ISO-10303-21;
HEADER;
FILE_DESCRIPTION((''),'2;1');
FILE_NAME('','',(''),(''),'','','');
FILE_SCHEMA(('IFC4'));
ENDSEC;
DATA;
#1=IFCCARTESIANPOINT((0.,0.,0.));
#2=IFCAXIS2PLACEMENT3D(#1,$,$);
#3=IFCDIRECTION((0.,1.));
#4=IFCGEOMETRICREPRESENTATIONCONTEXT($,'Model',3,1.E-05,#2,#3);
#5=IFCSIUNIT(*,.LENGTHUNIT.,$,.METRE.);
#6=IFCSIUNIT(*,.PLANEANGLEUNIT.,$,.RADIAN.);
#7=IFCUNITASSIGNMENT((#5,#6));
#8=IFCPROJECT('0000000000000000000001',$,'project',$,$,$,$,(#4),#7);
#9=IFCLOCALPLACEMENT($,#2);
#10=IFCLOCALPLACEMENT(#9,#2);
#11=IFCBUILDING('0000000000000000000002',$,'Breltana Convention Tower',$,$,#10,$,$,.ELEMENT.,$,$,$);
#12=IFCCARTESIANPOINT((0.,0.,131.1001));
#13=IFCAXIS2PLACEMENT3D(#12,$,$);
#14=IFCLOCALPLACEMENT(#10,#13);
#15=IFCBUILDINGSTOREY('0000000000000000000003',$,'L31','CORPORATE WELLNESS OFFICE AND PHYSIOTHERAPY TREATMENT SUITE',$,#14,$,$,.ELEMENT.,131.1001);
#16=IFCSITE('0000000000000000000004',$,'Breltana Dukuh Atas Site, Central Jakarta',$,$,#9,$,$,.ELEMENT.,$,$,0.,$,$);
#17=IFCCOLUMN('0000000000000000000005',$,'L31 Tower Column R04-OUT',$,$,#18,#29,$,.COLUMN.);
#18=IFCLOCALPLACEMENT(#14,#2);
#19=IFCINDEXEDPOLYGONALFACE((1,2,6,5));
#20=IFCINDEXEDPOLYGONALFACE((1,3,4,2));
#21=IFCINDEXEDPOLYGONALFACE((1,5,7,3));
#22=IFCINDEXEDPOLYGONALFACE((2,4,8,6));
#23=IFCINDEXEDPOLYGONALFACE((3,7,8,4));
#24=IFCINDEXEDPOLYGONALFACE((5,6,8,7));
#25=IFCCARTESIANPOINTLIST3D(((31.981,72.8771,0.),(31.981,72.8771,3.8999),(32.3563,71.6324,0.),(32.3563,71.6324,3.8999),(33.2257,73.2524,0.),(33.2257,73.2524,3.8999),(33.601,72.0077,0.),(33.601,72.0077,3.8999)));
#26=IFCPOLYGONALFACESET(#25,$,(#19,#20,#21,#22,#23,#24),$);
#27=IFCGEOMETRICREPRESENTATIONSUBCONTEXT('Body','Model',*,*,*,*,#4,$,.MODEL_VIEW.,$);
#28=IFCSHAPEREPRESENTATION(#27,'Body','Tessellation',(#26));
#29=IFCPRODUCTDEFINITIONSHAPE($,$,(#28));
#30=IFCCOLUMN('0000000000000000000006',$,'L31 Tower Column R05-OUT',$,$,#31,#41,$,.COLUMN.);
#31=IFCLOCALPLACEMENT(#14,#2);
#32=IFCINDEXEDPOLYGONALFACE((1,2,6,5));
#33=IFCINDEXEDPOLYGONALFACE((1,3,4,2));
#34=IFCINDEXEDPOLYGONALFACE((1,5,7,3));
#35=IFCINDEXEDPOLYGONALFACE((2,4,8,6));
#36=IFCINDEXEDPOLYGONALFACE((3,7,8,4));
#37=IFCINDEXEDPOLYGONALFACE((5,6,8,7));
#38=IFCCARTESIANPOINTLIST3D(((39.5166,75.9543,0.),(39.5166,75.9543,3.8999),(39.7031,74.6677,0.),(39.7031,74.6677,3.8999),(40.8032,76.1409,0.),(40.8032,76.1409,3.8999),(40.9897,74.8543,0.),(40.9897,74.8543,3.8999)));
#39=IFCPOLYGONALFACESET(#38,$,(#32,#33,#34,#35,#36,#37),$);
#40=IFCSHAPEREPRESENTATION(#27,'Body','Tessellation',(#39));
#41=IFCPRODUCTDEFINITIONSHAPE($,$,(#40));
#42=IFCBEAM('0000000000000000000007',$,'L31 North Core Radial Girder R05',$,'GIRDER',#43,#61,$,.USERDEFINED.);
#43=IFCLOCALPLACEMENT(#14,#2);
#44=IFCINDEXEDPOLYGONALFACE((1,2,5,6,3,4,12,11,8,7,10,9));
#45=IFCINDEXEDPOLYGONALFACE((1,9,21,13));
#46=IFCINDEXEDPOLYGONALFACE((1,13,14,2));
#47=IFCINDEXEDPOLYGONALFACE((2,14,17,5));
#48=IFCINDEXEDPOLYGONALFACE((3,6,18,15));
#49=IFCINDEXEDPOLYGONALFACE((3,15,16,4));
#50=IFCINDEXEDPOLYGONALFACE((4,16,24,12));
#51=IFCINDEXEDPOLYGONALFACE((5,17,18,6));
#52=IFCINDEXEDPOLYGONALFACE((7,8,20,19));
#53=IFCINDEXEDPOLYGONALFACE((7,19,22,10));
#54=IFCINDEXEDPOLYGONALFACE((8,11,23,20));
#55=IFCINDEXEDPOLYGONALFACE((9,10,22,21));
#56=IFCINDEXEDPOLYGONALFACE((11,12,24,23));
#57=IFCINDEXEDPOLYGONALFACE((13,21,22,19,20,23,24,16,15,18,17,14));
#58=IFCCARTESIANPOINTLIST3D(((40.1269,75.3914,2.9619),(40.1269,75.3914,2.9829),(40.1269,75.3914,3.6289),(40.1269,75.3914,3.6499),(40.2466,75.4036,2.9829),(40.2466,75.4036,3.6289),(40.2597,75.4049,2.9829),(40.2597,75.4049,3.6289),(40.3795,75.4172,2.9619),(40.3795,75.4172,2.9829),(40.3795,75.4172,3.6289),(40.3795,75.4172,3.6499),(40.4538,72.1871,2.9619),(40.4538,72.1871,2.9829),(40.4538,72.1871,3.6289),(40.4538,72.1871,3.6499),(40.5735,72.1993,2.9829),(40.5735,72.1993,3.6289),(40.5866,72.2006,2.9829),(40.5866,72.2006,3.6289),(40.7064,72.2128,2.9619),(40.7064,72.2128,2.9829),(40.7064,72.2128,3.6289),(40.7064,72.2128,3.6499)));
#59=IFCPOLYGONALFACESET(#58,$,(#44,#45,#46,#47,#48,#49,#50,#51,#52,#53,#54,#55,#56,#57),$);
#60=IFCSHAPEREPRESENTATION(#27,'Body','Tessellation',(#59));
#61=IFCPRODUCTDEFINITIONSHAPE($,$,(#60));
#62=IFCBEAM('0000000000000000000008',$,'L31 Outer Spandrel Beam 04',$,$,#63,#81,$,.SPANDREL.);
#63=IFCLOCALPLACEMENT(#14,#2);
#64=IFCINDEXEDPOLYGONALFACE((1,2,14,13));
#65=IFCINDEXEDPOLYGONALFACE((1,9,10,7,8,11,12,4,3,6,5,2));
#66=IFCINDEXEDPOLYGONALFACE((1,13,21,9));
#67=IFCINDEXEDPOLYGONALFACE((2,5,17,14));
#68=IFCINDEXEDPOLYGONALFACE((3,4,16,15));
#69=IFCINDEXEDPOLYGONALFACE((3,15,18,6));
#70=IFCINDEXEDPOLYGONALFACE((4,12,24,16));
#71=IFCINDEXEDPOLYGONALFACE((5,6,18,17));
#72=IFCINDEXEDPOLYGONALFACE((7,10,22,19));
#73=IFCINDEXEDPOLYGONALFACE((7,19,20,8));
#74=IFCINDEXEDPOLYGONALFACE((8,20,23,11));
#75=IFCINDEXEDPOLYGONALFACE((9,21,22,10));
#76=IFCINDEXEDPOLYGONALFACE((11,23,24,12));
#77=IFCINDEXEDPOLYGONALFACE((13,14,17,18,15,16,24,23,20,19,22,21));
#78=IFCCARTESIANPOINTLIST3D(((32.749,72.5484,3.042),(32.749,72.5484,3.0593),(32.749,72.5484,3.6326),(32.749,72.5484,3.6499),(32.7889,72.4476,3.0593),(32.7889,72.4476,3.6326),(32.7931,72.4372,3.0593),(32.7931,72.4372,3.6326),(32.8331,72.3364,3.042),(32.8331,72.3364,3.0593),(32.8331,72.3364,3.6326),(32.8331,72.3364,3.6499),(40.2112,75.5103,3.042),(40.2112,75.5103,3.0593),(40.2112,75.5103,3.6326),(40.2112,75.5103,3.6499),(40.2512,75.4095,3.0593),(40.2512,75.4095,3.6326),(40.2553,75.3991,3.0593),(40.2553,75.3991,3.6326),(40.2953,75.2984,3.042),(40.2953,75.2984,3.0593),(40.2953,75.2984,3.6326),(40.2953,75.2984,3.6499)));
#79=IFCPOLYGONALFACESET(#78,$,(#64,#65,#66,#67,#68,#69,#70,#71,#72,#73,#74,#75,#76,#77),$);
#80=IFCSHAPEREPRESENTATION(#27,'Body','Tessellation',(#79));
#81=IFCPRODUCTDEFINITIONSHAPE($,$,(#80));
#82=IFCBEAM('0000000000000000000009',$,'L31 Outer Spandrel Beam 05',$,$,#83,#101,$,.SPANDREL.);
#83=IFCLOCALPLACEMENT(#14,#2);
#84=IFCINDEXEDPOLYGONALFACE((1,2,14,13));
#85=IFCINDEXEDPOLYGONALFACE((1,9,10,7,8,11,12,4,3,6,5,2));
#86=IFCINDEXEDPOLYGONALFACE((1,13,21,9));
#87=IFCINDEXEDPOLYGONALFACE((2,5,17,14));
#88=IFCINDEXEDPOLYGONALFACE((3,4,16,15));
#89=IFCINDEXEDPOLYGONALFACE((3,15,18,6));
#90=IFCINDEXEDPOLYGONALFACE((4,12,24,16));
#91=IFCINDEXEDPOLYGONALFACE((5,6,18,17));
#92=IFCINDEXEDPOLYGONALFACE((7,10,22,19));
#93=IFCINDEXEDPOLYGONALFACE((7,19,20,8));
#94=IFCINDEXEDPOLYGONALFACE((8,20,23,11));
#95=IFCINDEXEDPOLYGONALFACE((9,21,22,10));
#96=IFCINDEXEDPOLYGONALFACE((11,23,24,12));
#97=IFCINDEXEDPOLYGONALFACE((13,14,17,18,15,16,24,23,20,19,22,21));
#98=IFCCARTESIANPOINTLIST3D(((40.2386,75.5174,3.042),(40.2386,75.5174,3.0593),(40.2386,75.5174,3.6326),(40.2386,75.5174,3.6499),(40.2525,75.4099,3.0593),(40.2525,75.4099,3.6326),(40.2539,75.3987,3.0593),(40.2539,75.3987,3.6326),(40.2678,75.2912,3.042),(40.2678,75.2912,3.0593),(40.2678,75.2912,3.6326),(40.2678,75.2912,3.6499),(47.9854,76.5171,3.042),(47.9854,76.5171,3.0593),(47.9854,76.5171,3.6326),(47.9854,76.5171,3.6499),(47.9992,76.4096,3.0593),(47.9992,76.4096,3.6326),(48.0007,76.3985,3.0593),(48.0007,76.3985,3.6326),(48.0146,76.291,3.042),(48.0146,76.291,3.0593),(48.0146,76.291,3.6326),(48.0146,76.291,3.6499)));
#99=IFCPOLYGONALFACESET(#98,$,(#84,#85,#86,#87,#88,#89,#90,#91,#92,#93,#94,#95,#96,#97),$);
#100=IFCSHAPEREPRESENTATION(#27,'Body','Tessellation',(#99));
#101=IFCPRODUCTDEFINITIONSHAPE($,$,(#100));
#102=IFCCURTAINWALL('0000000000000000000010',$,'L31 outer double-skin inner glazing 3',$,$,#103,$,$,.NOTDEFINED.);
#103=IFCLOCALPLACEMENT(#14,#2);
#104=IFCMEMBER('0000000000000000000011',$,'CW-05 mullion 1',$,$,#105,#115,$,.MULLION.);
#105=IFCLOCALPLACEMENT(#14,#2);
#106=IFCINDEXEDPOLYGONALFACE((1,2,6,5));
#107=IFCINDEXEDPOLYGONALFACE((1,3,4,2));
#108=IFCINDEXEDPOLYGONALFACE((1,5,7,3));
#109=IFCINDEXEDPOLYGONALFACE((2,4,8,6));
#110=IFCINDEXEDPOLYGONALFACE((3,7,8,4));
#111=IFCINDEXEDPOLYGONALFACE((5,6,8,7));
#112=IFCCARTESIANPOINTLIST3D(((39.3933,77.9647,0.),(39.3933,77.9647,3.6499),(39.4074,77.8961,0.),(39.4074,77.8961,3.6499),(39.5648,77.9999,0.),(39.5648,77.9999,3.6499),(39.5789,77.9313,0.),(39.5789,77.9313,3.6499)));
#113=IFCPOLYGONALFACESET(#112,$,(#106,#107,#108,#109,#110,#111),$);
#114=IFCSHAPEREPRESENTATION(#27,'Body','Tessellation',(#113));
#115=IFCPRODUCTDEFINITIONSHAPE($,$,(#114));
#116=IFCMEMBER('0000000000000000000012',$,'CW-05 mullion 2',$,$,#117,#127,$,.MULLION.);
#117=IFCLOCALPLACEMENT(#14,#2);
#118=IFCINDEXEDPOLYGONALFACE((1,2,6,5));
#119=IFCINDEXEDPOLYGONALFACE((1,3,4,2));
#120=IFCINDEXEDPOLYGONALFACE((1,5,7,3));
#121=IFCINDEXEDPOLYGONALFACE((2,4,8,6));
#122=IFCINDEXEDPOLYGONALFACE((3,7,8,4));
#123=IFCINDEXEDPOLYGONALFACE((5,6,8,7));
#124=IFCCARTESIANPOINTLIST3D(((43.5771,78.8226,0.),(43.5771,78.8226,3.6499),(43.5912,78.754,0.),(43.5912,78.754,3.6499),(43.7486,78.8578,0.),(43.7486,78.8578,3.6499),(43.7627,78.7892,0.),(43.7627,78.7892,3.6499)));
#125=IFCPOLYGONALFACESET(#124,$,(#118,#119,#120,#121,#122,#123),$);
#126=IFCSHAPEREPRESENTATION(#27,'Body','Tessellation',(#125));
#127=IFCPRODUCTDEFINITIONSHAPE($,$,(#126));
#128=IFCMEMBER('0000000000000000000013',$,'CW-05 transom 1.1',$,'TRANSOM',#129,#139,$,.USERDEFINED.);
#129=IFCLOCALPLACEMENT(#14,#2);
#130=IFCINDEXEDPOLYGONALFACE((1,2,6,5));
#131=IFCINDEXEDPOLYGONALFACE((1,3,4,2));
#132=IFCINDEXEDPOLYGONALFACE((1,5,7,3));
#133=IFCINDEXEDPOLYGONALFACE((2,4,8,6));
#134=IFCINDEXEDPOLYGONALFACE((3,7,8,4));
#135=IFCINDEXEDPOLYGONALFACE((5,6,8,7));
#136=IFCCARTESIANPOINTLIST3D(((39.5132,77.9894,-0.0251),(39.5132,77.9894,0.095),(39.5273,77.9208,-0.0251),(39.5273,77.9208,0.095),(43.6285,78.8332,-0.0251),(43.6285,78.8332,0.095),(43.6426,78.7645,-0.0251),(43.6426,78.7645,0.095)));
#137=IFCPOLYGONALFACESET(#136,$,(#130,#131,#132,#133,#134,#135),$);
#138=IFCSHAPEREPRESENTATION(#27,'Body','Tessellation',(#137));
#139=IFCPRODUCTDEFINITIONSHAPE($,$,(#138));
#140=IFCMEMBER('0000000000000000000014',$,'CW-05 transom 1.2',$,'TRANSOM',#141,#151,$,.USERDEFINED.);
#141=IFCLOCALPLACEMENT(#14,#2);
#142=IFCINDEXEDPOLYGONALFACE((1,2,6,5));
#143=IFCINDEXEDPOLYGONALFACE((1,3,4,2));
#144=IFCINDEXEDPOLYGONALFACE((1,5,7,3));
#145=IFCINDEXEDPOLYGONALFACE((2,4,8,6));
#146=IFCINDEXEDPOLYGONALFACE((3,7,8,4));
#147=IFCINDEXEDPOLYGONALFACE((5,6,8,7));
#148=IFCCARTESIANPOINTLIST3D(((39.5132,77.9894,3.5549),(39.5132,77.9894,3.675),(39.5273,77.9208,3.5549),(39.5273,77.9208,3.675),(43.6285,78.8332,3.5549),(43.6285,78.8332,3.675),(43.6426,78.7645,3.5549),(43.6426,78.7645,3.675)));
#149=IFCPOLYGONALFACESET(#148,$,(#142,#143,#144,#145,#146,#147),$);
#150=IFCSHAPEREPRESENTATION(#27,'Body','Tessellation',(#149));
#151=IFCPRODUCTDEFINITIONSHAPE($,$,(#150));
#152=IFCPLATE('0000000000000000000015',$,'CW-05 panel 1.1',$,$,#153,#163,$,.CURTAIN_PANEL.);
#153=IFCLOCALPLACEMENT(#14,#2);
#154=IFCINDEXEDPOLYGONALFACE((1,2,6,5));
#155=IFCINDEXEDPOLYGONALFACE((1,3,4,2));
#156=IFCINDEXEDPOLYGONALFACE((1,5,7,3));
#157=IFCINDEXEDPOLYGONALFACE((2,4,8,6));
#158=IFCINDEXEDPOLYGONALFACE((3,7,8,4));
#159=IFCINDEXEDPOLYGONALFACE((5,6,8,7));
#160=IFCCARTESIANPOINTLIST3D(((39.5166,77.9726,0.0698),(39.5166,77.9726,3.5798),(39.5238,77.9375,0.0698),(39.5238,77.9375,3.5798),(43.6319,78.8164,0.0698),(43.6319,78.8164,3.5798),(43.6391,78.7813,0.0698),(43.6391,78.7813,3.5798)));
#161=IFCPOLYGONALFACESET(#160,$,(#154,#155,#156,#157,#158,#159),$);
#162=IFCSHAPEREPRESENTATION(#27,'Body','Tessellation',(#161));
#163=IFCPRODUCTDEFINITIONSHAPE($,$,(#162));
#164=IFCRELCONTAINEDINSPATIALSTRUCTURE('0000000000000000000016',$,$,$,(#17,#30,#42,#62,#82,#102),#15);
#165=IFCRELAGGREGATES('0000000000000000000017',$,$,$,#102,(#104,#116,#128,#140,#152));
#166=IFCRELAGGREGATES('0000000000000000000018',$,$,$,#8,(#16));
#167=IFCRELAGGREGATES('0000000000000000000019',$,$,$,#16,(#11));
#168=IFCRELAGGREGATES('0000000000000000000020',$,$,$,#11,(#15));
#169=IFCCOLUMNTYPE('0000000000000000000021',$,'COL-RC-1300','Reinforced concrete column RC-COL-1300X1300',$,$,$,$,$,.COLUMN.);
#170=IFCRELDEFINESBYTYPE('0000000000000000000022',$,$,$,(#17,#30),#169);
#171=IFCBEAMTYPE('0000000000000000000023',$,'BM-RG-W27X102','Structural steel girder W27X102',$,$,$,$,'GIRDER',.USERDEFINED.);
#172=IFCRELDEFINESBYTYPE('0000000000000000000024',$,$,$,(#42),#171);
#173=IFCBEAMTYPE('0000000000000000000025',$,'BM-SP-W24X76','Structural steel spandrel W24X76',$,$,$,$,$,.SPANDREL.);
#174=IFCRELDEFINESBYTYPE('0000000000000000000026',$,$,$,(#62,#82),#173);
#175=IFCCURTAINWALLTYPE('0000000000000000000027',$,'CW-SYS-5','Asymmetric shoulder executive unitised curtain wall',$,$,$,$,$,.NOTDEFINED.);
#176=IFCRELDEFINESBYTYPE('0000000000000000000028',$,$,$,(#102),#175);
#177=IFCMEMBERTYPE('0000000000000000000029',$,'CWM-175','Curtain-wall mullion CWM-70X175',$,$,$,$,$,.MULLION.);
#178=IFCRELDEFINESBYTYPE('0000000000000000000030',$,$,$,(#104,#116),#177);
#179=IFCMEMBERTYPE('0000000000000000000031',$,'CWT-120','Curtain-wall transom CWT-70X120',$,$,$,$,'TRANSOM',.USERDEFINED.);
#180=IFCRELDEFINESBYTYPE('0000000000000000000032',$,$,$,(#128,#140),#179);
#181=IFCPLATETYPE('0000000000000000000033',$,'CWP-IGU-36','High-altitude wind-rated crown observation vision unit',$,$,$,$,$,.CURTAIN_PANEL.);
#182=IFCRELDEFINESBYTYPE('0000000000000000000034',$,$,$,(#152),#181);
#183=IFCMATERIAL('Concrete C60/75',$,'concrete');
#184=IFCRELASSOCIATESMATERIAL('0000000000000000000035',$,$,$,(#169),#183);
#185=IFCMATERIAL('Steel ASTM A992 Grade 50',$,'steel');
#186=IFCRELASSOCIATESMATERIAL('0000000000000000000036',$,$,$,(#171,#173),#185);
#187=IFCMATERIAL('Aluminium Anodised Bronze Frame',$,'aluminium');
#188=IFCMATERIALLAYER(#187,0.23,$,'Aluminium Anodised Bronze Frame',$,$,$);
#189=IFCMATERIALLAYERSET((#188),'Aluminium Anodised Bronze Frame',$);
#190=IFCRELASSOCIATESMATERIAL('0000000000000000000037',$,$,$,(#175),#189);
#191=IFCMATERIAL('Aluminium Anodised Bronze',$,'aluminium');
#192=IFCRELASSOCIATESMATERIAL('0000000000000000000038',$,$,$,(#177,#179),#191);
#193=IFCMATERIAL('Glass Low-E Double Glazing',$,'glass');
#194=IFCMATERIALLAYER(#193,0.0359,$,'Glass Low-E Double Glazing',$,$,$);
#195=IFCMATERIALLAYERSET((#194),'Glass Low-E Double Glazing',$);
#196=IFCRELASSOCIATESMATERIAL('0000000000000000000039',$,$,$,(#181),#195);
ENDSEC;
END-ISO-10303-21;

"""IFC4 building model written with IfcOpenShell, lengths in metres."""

from ifc_helpers import new_model, si_unit, direction, frame, origin, origin_2d, place, context, subcontext, project, spatial, rectangle, i_section, extrude, source, transform, mapped, material, layer, layer_set, material_profile, profile_set, type_object, element, aggregate, save


model = new_model("IFC4")

# Units and contexts
model_context = context("Model", 3, precision=1e-05, world=origin(), true_north=direction((0.0, 1.0)))
body_context = subcontext(model_context, "Body", "Model", "MODEL_VIEW")
ifc_project = project(units=[si_unit("LENGTHUNIT", "METRE"), si_unit("PLANEANGLEUNIT", "RADIAN")], contexts=[model_context])

# Site, building, storey
site_placement = place(None, origin())
site = spatial("IfcSite", under=ifc_project, at=site_placement, Name="Breltana Dukuh Atas Site, Central Jakarta", CompositionType="ELEMENT", RefElevation=0.0)
building_placement = place(site_placement, origin())
building = spatial("IfcBuilding", under=site, at=building_placement, Name="Breltana Convention Tower", CompositionType="ELEMENT")
storey_placement = place(building_placement, frame((0.0, 0.0, 131.1001)))
storey = spatial("IfcBuildingStorey", under=building, at=storey_placement, Name="L31", Description="CORPORATE WELLNESS OFFICE AND PHYSIOTHERAPY TREATMENT SUITE", CompositionType="ELEMENT", Elevation=131.1001)

# Columns
ifc_material_1 = material(Name="Concrete C60/75", Category="concrete")
ifc_material_profile_1 = material_profile(ifc_material_1, rectangle(XDim=1.3, YDim=1.3, at=origin_2d()), Name="RC-COL-1300X1300")
ifc_profile_set_1 = profile_set([ifc_material_profile_1], Name="Concrete C60/75")
column_type = type_object("IfcColumnType", Name="COL-RC-1300", Description="Reinforced concrete column RC-COL-1300X1300", PredefinedType="COLUMN", material=ifc_profile_set_1)
shared_shape_1 = source(origin(), body_context, "Body", "SweptSolid", [
    extrude(rectangle(XDim=1.3, YDim=1.3, at=origin_2d()), origin(), (0.0, 0.0, 1.0), 3.8999),
])
for number, where, z_axis, x_axis, name in (
    (1, (32.791, 72.4424, 0.0), (0.0, 0.0, 1.0), (-0.288698, 0.95742, 0.0), "L31 Tower Column R04-OUT"),
    (2, (40.2532, 75.4043, 0.0), (0.0, 0.0, 1.0), (-0.143493, 0.989651, 0.0), "L31 Tower Column R05-OUT"),
):
    element("IfcColumn", number, at=place(storey_placement, frame(where, z_axis=z_axis, x_axis=x_axis)), inside=storey, type_object=column_type, Name=name, PredefinedType="COLUMN", context=body_context, shape_type="MappedRepresentation", body=[
        mapped(shared_shape_1, transform((0.0, 0.0, 0.0), scale=1.0)),
    ])

# Beams
ifc_material_2 = material(Name="Steel ASTM A992 Grade 50", Category="steel")
ifc_material_profile_2 = material_profile(ifc_material_2, i_section(OverallWidth=0.2539, OverallDepth=0.688, WebThickness=0.0132, FlangeThickness=0.021, at=origin_2d()), Name="W27X102")
ifc_profile_set_2 = profile_set([ifc_material_profile_2], Name="Steel ASTM A992 Grade 50")
beam_type_1 = type_object("IfcBeamType", Name="BM-RG-W27X102", Description="Structural steel girder W27X102", ElementType="GIRDER", PredefinedType="USERDEFINED", material=ifc_profile_set_2)
shared_shape_2 = source(origin(), body_context, "Body", "SweptSolid", [
    extrude(i_section(OverallWidth=0.2539, OverallDepth=0.688, WebThickness=0.0132, FlangeThickness=0.021, at=origin_2d()), origin(), (0.0, 0.0, 1.0), 3.2209),
])
beam_1_placement = place(storey_placement, frame((40.5801, 72.2, 3.3059), z_axis=(-0.101492, 0.994836, 0.0), x_axis=(-0.994836, -0.101492, 0.0)))
element("IfcBeam", 3, at=beam_1_placement, inside=storey, type_object=beam_type_1, Name="L31 North Core Radial Girder R05", ObjectType="GIRDER", PredefinedType="USERDEFINED", context=body_context, shape_type="MappedRepresentation", body=[
    mapped(shared_shape_2, transform((0.0, 0.0, 0.0), scale=1.0)),
])
ifc_material_profile_3 = material_profile(ifc_material_2, i_section(OverallWidth=0.228, OverallDepth=0.6079, WebThickness=0.0112, FlangeThickness=0.0173, at=origin_2d()), Name="W24X76")
ifc_profile_set_3 = profile_set([ifc_material_profile_3], Name="Steel ASTM A992 Grade 50")
beam_type_2 = type_object("IfcBeamType", Name="BM-SP-W24X76", Description="Structural steel spandrel W24X76", PredefinedType="SPANDREL", material=ifc_profile_set_3)
shared_shape_3 = source(origin(), body_context, "Body", "SweptSolid", [
    extrude(i_section(OverallWidth=0.228, OverallDepth=0.6079, WebThickness=0.0112, FlangeThickness=0.0173, at=origin_2d()), origin(), (0.0, 0.0, 1.0), 8.0286),
])
beam_2_placement = place(storey_placement, frame((32.791, 72.4424, 3.3459), z_axis=(0.929459, 0.368925, 0.0), x_axis=(-0.368925, 0.929459, 0.0)))
element("IfcBeam", 4, at=beam_2_placement, inside=storey, type_object=beam_type_2, Name="L31 Outer Spandrel Beam 04", PredefinedType="SPANDREL", context=body_context, shape_type="MappedRepresentation", body=[
    mapped(shared_shape_3, transform((0.0, 0.0, 0.0), scale=1.0)),
])
shared_shape_4 = source(origin(), body_context, "Body", "SweptSolid", [
    extrude(i_section(OverallWidth=0.228, OverallDepth=0.6079, WebThickness=0.0112, FlangeThickness=0.0173, at=origin_2d()), origin(), (0.0, 0.0, 1.0), 7.811),
])
beam_3_placement = place(storey_placement, frame((40.2532, 75.4043, 3.3459), z_axis=(0.991775, 0.127992, 0.0), x_axis=(-0.127992, 0.991775, 0.0)))
element("IfcBeam", 5, at=beam_3_placement, inside=storey, type_object=beam_type_2, Name="L31 Outer Spandrel Beam 05", PredefinedType="SPANDREL", context=body_context, shape_type="MappedRepresentation", body=[
    mapped(shared_shape_4, transform((0.0, 0.0, 0.0), scale=1.0)),
])

# Curtain wall, members, plate
ifc_material_3 = material(Name="Aluminium Anodised Bronze Frame", Category="aluminium")
ifc_layer_1 = layer(ifc_material_3, 0.23, Name="Aluminium Anodised Bronze Frame")
ifc_layer_set_1 = layer_set([ifc_layer_1], Name="Aluminium Anodised Bronze Frame")
curtain_wall_type = type_object("IfcCurtainWallType", Name="CW-SYS-5", Description="Asymmetric shoulder executive unitised curtain wall", PredefinedType="NOTDEFINED", material=ifc_layer_set_1)
curtain_wall_placement = place(storey_placement, origin())
curtain_wall = element("IfcCurtainWall", 6, at=curtain_wall_placement, inside=storey, type_object=curtain_wall_type, Name="L31 outer double-skin inner glazing 3", PredefinedType="NOTDEFINED")
ifc_material_4 = material(Name="Aluminium Anodised Bronze", Category="aluminium")
ifc_material_profile_4 = material_profile(ifc_material_4, rectangle(XDim=0.0701, YDim=0.175, at=origin_2d()), Name="CWM-70X175")
ifc_profile_set_4 = profile_set([ifc_material_profile_4], Name="Aluminium Anodised Bronze")
member_type_1 = type_object("IfcMemberType", Name="CWM-175", Description="Curtain-wall mullion CWM-70X175", PredefinedType="MULLION", material=ifc_profile_set_4)
shared_shape_5 = source(origin(), body_context, "Body", "SweptSolid", [
    extrude(rectangle(XDim=0.0701, YDim=0.175, at=origin_2d()), origin(), (0.0, 0.0, 1.0), 3.6499),
])
member_1_placement = place(storey_placement, frame((39.4861, 77.948, 0.0), z_axis=(0.0, 0.0, 1.0), x_axis=(-0.200859, 0.97962, 0.0)))
member_1 = element("IfcMember", 7, at=member_1_placement, type_object=member_type_1, Name="CW-05 mullion 1", PredefinedType="MULLION", context=body_context, shape_type="MappedRepresentation", body=[
    mapped(shared_shape_5, transform((0.0, 0.0, 0.0), scale=1.0)),
])
member_2_placement = place(storey_placement, frame((43.6699, 78.8059, 0.0), z_axis=(0.0, 0.0, 1.0), x_axis=(-0.200859, 0.97962, 0.0)))
member_2 = element("IfcMember", 8, at=member_2_placement, type_object=member_type_1, Name="CW-05 mullion 2", PredefinedType="MULLION", context=body_context, shape_type="MappedRepresentation", body=[
    mapped(shared_shape_5, transform((0.0, 0.0, 0.0), scale=1.0)),
])
ifc_material_profile_5 = material_profile(ifc_material_4, rectangle(XDim=0.0701, YDim=0.1201, at=origin_2d()), Name="CWT-70X120")
ifc_profile_set_5 = profile_set([ifc_material_profile_5], Name="Aluminium Anodised Bronze")
member_type_2 = type_object("IfcMemberType", Name="CWT-120", Description="Curtain-wall transom CWT-70X120", ElementType="TRANSOM", PredefinedType="USERDEFINED", material=ifc_profile_set_5)
shared_shape_6 = source(origin(), body_context, "Body", "SweptSolid", [
    extrude(rectangle(XDim=0.0701, YDim=0.1201, at=origin_2d()), origin(), (0.0, 0.0, 1.0), 4.2009),
])
member_3_placement = place(storey_placement, frame((39.5203, 77.9551, 0.0349), z_axis=(0.979621, 0.200853, 0.0), x_axis=(-0.200853, 0.979621, 0.0)))
member_3 = element("IfcMember", 9, at=member_3_placement, type_object=member_type_2, Name="CW-05 transom 1.1", ObjectType="TRANSOM", PredefinedType="USERDEFINED", context=body_context, shape_type="MappedRepresentation", body=[
    mapped(shared_shape_6, transform((0.0, 0.0, 0.0), scale=1.0)),
])
member_4_placement = place(storey_placement, frame((39.5203, 77.9551, 3.615), z_axis=(0.979621, 0.200853, 0.0), x_axis=(-0.200853, 0.979621, 0.0)))
member_4 = element("IfcMember", 10, at=member_4_placement, type_object=member_type_2, Name="CW-05 transom 1.2", ObjectType="TRANSOM", PredefinedType="USERDEFINED", context=body_context, shape_type="MappedRepresentation", body=[
    mapped(shared_shape_6, transform((0.0, 0.0, 0.0), scale=1.0)),
])
ifc_material_5 = material(Name="Glass Low-E Double Glazing", Category="glass")
ifc_layer_2 = layer(ifc_material_5, 0.0359, Name="Glass Low-E Double Glazing")
ifc_layer_set_2 = layer_set([ifc_layer_2], Name="Glass Low-E Double Glazing")
plate_type = type_object("IfcPlateType", Name="CWP-IGU-36", Description="High-altitude wind-rated crown observation vision unit", PredefinedType="CURTAIN_PANEL", material=ifc_layer_set_2)
shared_shape_7 = source(origin(), body_context, "Body", "SweptSolid", [
    extrude(rectangle(XDim=4.2009, YDim=0.0359, at=origin_2d()), origin(), (0.0, 0.0, 1.0), 3.51),
])
plate_placement = place(storey_placement, frame((41.5779, 78.377, 0.0698), z_axis=(0.0, 0.0, 1.0), x_axis=(0.97962, 0.200859, 0.0)))
plate = element("IfcPlate", 11, at=plate_placement, type_object=plate_type, Name="CW-05 panel 1.1", PredefinedType="CURTAIN_PANEL", context=body_context, shape_type="MappedRepresentation", body=[
    mapped(shared_shape_7, transform((0.0, 0.0, 0.0), scale=1.0)),
])
aggregate(curtain_wall, [member_1, member_2, member_3, member_4, plate])

save(model, "model.ifc")
